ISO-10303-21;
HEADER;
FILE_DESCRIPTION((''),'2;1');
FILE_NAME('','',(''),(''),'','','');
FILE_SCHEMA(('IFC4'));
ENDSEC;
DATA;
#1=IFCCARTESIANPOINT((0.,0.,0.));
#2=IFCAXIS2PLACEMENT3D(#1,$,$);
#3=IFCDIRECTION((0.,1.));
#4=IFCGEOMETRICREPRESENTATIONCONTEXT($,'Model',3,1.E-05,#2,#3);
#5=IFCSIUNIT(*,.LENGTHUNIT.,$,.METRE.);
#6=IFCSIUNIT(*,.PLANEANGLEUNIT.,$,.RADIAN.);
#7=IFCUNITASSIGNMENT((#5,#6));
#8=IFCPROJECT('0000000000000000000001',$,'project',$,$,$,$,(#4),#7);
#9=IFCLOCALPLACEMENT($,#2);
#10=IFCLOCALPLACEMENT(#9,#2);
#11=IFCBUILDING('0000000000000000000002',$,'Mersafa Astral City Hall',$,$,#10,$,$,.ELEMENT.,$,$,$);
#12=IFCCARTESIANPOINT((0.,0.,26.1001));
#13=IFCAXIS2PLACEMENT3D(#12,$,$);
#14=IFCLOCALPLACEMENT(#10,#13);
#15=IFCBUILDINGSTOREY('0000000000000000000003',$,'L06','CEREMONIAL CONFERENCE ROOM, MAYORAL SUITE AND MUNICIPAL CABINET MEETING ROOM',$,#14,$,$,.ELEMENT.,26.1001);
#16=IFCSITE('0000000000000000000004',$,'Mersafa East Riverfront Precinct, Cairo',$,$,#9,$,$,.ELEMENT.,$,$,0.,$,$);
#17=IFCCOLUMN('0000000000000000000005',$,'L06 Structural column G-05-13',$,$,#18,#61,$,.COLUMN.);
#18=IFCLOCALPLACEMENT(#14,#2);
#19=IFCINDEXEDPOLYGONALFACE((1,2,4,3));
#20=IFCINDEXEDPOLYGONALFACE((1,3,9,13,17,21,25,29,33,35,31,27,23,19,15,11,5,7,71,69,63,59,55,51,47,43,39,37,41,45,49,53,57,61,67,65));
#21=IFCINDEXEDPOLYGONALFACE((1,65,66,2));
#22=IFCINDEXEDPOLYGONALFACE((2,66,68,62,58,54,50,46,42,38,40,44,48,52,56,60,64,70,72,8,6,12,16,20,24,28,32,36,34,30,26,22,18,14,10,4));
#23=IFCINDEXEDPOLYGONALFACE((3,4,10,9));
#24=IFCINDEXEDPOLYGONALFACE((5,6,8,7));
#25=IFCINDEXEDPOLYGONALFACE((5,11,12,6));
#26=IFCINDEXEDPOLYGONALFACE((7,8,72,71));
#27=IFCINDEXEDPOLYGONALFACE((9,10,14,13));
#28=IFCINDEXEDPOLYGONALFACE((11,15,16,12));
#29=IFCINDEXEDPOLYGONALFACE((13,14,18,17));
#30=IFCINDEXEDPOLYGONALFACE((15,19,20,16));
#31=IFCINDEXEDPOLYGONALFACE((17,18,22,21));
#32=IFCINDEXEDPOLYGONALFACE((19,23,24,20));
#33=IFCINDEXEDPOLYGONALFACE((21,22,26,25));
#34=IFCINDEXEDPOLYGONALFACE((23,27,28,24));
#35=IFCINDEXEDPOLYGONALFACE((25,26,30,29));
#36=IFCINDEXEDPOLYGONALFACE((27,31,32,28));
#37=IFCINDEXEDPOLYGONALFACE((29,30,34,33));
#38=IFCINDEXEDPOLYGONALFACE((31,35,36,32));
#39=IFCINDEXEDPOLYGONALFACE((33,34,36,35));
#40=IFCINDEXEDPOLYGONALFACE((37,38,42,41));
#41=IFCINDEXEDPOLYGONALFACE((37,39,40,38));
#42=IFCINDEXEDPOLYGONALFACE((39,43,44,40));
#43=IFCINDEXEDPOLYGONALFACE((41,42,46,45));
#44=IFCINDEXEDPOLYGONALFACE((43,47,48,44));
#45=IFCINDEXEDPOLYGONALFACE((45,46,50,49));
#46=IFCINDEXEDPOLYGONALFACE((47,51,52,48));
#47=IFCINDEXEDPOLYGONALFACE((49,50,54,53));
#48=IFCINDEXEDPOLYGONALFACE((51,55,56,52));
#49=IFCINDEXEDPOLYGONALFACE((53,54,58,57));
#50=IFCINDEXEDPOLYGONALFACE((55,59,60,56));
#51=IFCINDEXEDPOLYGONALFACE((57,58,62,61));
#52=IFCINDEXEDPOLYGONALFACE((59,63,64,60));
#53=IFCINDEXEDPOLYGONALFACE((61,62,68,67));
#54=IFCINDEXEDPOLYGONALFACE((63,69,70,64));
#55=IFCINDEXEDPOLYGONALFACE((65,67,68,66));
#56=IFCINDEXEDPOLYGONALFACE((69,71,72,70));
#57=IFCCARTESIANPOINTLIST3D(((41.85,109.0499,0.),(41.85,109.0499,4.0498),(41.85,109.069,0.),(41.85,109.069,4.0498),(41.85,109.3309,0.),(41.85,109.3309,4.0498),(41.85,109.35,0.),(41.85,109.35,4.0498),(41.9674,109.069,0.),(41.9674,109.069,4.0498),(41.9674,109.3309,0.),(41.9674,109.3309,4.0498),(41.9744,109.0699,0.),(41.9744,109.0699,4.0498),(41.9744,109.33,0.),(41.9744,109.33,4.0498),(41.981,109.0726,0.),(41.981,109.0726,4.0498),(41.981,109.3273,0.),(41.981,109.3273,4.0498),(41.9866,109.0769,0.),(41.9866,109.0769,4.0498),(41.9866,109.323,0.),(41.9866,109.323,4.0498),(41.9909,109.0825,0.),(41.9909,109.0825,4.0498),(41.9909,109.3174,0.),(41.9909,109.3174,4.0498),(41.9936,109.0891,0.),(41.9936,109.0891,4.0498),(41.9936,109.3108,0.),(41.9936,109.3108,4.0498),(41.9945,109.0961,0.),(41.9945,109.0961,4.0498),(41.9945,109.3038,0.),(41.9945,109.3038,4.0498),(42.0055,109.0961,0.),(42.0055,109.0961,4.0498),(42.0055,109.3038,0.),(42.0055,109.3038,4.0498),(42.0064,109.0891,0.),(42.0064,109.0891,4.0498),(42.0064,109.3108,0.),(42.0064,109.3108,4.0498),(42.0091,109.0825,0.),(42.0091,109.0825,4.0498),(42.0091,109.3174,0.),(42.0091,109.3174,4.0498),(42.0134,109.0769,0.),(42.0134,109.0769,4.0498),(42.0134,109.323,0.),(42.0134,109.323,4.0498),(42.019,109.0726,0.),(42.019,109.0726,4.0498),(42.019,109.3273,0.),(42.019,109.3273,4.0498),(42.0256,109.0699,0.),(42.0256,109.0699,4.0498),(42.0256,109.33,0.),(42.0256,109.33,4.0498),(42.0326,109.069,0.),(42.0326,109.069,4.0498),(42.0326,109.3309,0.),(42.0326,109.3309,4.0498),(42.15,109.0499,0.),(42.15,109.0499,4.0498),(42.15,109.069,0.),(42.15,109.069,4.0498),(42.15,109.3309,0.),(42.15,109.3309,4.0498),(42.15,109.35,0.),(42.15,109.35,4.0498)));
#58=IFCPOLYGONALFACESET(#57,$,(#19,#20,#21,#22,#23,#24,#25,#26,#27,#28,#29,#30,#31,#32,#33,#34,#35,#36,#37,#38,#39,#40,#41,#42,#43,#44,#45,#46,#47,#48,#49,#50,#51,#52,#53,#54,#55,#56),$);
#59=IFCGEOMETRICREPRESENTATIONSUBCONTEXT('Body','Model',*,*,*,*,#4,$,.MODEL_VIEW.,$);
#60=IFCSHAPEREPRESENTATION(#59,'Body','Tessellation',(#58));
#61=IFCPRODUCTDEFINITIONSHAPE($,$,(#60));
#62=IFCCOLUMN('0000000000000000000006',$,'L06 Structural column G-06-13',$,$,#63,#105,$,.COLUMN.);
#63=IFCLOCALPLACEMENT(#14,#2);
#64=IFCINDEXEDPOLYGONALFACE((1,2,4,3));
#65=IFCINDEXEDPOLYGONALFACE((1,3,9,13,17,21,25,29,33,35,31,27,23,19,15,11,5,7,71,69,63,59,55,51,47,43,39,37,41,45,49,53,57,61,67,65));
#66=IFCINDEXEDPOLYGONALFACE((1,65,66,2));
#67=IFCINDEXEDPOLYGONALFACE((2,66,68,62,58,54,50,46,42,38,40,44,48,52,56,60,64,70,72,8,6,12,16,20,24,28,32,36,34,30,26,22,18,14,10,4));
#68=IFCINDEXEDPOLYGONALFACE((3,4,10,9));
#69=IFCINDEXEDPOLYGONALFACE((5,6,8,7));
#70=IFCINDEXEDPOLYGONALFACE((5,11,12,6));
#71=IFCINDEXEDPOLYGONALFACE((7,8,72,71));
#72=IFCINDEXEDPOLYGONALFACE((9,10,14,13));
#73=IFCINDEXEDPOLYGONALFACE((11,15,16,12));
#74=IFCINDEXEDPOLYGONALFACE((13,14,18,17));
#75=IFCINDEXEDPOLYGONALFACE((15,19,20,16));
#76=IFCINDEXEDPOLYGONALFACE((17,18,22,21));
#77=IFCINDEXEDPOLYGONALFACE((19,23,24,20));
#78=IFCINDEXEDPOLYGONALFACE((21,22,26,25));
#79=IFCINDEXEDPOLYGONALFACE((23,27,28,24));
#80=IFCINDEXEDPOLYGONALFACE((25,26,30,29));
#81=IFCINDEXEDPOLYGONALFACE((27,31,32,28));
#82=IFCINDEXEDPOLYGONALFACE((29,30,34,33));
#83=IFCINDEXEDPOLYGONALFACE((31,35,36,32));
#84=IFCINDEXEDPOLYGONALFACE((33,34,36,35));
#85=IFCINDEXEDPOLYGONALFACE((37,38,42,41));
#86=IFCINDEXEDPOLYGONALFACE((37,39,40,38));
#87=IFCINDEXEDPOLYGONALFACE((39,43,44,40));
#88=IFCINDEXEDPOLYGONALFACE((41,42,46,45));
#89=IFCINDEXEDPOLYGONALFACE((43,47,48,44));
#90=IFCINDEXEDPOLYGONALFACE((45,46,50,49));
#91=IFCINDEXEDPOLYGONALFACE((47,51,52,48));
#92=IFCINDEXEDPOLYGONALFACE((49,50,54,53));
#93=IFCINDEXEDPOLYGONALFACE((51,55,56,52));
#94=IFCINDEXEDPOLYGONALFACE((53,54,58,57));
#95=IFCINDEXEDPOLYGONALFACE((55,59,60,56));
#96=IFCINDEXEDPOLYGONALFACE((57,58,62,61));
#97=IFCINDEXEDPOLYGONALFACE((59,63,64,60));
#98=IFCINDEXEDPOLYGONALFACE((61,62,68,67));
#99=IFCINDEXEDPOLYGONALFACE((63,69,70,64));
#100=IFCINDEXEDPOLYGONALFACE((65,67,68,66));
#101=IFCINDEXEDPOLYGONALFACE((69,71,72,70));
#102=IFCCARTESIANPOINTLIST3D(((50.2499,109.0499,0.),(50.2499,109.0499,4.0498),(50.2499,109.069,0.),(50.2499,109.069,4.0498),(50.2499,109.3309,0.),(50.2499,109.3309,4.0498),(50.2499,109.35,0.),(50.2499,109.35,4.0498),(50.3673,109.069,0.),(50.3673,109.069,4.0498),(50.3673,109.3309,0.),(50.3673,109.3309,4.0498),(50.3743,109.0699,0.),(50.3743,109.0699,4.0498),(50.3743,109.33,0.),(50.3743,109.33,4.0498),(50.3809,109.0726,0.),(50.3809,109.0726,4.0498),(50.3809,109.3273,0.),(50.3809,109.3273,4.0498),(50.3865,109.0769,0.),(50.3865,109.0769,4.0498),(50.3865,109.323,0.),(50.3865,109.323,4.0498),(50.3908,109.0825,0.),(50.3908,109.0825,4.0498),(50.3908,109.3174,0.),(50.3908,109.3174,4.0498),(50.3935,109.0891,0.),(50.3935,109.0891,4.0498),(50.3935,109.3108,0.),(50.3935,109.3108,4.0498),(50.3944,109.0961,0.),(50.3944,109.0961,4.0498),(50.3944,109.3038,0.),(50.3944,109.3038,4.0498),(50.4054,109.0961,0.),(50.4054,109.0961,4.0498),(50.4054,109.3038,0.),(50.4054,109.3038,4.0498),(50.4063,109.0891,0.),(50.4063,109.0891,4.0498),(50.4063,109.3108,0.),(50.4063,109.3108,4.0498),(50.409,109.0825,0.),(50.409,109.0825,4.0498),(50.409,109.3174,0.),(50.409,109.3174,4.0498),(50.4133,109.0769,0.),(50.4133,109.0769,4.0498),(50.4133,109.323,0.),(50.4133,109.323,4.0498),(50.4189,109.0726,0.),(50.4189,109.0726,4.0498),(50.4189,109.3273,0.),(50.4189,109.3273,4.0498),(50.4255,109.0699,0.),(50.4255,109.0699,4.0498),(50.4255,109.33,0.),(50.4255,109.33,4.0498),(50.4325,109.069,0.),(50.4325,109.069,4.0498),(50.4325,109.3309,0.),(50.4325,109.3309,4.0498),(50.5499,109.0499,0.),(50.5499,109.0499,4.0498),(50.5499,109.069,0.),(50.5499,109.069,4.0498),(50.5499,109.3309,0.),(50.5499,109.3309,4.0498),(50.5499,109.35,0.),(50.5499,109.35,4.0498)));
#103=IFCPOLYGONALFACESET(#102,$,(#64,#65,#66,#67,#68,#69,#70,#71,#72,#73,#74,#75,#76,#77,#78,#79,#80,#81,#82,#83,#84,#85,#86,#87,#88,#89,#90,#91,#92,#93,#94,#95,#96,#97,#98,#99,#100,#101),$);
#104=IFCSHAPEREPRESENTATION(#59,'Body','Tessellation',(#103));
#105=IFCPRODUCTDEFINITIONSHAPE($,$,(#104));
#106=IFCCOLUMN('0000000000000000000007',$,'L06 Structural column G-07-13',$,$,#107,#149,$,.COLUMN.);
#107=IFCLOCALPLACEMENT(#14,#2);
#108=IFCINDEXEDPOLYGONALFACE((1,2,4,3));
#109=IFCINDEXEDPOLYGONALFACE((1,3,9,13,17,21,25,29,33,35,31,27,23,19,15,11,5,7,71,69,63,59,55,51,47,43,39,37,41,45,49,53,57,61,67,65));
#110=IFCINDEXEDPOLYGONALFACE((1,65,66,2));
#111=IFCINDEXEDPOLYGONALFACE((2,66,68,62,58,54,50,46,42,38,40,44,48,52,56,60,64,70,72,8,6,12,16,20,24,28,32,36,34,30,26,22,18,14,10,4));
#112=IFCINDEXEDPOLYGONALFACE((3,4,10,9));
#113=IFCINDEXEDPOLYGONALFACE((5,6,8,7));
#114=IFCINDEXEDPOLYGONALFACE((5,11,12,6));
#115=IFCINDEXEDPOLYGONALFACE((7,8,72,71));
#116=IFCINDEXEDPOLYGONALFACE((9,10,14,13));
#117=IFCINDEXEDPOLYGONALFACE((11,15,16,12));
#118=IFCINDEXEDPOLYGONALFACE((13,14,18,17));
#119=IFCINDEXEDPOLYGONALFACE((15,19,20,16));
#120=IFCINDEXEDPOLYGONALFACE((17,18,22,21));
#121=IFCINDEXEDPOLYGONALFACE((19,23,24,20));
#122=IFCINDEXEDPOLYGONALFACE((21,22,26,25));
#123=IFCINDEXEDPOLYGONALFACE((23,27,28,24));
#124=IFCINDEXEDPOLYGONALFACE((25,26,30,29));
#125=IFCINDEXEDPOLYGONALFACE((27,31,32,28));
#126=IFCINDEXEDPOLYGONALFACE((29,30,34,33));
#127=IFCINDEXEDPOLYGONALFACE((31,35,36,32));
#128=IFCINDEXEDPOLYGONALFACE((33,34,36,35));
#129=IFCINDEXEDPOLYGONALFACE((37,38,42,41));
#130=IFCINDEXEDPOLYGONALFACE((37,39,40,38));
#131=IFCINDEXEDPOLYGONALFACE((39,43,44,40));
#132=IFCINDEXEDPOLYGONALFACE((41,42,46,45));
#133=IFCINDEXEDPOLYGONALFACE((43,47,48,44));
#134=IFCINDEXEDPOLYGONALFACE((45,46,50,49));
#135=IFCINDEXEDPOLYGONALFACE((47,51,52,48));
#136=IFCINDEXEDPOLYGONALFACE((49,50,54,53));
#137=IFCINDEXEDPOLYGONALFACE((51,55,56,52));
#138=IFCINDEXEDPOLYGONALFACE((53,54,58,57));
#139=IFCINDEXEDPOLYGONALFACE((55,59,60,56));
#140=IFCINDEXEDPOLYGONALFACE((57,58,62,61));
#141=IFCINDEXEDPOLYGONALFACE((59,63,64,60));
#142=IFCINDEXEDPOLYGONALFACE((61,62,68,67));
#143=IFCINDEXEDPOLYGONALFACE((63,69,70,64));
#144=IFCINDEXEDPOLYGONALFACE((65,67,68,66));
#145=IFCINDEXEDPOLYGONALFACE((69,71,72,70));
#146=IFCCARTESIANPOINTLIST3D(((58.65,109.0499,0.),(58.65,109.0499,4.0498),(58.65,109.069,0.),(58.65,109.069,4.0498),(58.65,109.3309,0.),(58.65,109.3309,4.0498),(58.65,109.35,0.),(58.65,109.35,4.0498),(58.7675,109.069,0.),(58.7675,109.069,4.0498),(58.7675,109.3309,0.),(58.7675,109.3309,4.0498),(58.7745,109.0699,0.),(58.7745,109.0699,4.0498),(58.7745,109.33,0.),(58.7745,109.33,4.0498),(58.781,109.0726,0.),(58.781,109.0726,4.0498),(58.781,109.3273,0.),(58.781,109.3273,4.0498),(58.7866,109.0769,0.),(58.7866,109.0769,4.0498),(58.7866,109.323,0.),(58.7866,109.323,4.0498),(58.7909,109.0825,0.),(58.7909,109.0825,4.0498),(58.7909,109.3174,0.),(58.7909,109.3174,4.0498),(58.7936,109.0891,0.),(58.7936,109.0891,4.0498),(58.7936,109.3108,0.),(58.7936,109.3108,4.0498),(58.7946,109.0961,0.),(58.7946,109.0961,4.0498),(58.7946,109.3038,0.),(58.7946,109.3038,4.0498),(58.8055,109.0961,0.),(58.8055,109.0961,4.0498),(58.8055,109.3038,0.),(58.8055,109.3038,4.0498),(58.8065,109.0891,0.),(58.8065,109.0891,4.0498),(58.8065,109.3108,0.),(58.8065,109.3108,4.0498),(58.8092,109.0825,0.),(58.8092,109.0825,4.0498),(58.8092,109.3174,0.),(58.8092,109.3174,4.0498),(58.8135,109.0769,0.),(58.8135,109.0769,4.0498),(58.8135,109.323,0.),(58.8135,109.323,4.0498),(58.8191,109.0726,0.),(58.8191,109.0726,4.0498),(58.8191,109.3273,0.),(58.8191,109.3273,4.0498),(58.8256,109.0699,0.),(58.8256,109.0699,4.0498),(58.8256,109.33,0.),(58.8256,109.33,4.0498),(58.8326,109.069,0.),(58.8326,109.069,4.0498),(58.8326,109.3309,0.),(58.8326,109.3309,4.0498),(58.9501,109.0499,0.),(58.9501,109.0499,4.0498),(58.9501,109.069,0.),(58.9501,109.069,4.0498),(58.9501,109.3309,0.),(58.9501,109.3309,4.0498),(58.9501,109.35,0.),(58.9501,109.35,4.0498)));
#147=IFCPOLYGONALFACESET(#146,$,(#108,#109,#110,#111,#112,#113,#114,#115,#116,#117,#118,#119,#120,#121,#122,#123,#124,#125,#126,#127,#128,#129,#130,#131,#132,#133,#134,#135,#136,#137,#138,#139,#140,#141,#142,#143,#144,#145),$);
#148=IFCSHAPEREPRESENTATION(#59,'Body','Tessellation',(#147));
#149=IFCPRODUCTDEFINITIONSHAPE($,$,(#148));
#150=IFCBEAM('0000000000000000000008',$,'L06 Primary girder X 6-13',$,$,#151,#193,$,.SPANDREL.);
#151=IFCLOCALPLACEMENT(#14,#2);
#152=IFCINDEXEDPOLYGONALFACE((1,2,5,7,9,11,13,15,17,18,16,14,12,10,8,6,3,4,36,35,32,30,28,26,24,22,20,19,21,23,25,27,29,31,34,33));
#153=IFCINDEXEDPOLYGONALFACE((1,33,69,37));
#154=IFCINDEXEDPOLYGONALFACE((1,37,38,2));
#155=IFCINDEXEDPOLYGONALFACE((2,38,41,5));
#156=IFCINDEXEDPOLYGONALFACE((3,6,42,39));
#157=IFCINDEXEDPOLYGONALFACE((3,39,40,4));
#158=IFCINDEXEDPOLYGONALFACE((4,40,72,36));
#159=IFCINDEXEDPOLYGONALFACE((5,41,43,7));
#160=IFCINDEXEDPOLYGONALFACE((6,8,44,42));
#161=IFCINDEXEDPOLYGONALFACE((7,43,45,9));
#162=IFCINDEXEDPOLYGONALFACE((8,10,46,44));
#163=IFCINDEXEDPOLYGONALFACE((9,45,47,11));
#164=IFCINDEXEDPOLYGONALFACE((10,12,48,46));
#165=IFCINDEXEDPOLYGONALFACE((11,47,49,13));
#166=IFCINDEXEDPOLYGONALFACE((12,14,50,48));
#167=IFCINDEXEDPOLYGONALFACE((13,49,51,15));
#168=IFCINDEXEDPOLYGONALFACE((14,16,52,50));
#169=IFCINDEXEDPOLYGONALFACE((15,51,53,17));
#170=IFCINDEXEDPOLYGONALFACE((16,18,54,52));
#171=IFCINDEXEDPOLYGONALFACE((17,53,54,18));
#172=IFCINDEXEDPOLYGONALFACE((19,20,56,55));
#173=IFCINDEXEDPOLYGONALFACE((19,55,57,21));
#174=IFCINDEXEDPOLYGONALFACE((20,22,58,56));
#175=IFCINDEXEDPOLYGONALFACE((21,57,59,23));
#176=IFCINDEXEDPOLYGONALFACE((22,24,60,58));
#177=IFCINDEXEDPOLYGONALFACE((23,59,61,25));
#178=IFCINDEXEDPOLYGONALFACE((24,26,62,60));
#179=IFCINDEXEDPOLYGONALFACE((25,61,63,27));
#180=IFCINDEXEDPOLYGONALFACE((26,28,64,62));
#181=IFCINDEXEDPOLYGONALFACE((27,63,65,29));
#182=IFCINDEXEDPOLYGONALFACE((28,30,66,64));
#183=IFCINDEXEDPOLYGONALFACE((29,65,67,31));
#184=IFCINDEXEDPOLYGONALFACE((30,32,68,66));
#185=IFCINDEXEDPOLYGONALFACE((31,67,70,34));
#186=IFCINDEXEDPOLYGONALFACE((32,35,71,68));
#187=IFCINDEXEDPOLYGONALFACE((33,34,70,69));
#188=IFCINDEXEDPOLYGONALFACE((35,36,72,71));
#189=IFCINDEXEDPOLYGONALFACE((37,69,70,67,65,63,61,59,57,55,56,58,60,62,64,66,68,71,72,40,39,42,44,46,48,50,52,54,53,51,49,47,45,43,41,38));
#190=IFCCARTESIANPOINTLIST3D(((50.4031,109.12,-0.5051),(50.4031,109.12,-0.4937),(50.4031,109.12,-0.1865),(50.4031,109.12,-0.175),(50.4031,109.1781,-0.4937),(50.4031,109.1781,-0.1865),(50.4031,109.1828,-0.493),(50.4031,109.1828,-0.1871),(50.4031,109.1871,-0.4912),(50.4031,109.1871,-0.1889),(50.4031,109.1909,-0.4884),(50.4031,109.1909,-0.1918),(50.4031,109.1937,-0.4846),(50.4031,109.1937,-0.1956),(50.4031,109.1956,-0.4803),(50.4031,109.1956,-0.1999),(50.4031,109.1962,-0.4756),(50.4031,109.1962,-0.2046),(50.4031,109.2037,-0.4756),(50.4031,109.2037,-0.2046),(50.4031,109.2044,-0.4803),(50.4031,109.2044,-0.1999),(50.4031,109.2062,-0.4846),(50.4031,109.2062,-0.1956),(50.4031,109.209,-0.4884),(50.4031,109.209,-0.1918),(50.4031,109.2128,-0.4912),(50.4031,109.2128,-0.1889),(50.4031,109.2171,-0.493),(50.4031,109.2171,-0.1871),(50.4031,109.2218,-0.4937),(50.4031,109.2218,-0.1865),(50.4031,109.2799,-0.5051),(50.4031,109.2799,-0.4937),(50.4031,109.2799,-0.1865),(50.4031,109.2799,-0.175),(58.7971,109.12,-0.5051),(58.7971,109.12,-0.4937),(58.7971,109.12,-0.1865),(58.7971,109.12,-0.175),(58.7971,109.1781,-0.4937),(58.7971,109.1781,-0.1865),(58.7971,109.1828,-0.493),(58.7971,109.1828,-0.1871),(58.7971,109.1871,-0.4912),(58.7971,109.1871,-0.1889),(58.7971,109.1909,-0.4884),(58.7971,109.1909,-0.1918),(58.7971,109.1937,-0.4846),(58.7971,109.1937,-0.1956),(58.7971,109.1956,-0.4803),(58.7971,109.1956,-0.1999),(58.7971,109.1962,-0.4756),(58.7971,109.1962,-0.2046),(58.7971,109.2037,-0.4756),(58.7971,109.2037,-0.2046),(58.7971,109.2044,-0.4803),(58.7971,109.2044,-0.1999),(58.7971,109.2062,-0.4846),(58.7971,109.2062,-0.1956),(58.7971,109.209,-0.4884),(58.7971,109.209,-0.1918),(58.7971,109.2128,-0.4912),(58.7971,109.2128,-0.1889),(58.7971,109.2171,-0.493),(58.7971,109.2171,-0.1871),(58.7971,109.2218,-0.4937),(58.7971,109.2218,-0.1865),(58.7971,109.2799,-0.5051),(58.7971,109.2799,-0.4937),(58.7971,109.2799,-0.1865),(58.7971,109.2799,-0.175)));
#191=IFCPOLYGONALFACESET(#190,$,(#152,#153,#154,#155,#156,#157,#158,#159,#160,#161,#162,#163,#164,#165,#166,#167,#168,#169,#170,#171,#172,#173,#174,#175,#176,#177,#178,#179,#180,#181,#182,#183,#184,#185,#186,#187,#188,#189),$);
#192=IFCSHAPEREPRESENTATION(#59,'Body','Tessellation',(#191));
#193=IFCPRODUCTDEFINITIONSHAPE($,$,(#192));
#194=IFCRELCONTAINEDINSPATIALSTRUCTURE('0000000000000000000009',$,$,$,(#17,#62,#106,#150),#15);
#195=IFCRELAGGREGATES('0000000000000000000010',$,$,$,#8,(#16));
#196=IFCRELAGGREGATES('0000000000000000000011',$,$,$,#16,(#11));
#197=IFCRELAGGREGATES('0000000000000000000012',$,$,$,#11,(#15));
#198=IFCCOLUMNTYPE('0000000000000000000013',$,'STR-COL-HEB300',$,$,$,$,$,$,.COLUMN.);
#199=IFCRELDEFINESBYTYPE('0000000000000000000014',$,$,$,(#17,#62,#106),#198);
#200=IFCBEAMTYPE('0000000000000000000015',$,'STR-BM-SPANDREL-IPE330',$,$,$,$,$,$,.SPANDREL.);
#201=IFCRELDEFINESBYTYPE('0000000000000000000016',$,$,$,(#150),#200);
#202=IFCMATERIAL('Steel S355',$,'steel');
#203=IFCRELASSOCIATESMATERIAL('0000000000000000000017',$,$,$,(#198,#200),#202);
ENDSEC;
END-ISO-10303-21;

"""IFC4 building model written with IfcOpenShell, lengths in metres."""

from ifc_helpers import new_model, si_unit, direction, frame, origin, origin_2d, place, context, subcontext, project, spatial, i_section, extrude, material, material_profile, profile_set, type_object, element, save


model = new_model("IFC4")

# Units and contexts
model_context = context("Model", 3, precision=1e-05, world=origin(), true_north=direction((0.0, 1.0)))
body_context = subcontext(model_context, "Body", "Model", "MODEL_VIEW")
ifc_project = project(units=[si_unit("LENGTHUNIT", "METRE"), si_unit("PLANEANGLEUNIT", "RADIAN")], contexts=[model_context])

# Site, building, storey
site_placement = place(None, origin())
site = spatial("IfcSite", under=ifc_project, at=site_placement, Name="Mersafa East Riverfront Precinct, Cairo", CompositionType="ELEMENT", RefElevation=0.0)
building_placement = place(site_placement, origin())
building = spatial("IfcBuilding", under=site, at=building_placement, Name="Mersafa Astral City Hall", CompositionType="ELEMENT")
storey_placement = place(building_placement, frame((0.0, 0.0, 26.1001)))
storey = spatial("IfcBuildingStorey", under=building, at=storey_placement, Name="L06", Description="CEREMONIAL CONFERENCE ROOM, MAYORAL SUITE AND MUNICIPAL CABINET MEETING ROOM", CompositionType="ELEMENT", Elevation=26.1001)

# Columns
ifc_material_1 = material(Name="Steel S355", Category="steel")
ifc_material_profile_1 = material_profile(ifc_material_1, i_section(OverallWidth=0.3, OverallDepth=0.3, WebThickness=0.011, FlangeThickness=0.019, FilletRadius=0.0271, at=origin_2d()), Name="HEB 300")
ifc_profile_set_1 = profile_set([ifc_material_profile_1], Name="Steel S355")
column_type = type_object("IfcColumnType", Name="STR-COL-HEB300", PredefinedType="COLUMN", material=ifc_profile_set_1)
for number, where, z_axis, x_axis, name in (
    (1, (42.0, 109.2, 0.0), (0.0, 0.0, 1.0), (1.0, 0.0, 0.0), "L06 Structural column G-05-13"),
    (2, (50.3999, 109.2, 0.0), (0.0, 0.0, 1.0), (1.0, 0.0, 0.0), "L06 Structural column G-06-13"),
    (3, (58.8, 109.2, 0.0), (0.0, 0.0, 1.0), (1.0, 0.0, 0.0), "L06 Structural column G-07-13"),
):
    element("IfcColumn", number, at=place(storey_placement, frame(where, z_axis=z_axis, x_axis=x_axis)), inside=storey, type_object=column_type, Name=name, PredefinedType="COLUMN", context=body_context, shape_type="SweptSolid", body=[
        extrude(i_section(OverallWidth=0.3, OverallDepth=0.3, WebThickness=0.011, FlangeThickness=0.019, FilletRadius=0.0271, at=origin_2d()), origin(), (0.0, 0.0, 1.0), 4.0498),
    ])

# Beam
ifc_material_profile_2 = material_profile(ifc_material_1, i_section(OverallWidth=0.1599, OverallDepth=0.3301, WebThickness=0.0076, FlangeThickness=0.0115, FilletRadius=0.0181, at=origin_2d()), Name="IPE 330")
ifc_profile_set_2 = profile_set([ifc_material_profile_2], Name="Steel S355")
beam_type_1 = type_object("IfcBeamType", Name="STR-BM-SPANDREL-IPE330", PredefinedType="SPANDREL", material=ifc_profile_set_2)
beam_placement = place(storey_placement, frame((50.4031, 109.2, -0.3401), z_axis=(1.0, 0.0, 0.0), x_axis=(0.0, 1.0, 0.0)))
element("IfcBeam", 4, at=beam_placement, inside=storey, type_object=beam_type_1, Name="L06 Primary girder X 6-13", PredefinedType="SPANDREL", context=body_context, shape_type="SweptSolid", body=[
    extrude(i_section(OverallWidth=0.1599, OverallDepth=0.3301, WebThickness=0.0076, FlangeThickness=0.0115, FilletRadius=0.0181, at=origin_2d()), origin(), (0.0, 0.0, 1.0), 8.394),
])

save(model, "model.ifc")
